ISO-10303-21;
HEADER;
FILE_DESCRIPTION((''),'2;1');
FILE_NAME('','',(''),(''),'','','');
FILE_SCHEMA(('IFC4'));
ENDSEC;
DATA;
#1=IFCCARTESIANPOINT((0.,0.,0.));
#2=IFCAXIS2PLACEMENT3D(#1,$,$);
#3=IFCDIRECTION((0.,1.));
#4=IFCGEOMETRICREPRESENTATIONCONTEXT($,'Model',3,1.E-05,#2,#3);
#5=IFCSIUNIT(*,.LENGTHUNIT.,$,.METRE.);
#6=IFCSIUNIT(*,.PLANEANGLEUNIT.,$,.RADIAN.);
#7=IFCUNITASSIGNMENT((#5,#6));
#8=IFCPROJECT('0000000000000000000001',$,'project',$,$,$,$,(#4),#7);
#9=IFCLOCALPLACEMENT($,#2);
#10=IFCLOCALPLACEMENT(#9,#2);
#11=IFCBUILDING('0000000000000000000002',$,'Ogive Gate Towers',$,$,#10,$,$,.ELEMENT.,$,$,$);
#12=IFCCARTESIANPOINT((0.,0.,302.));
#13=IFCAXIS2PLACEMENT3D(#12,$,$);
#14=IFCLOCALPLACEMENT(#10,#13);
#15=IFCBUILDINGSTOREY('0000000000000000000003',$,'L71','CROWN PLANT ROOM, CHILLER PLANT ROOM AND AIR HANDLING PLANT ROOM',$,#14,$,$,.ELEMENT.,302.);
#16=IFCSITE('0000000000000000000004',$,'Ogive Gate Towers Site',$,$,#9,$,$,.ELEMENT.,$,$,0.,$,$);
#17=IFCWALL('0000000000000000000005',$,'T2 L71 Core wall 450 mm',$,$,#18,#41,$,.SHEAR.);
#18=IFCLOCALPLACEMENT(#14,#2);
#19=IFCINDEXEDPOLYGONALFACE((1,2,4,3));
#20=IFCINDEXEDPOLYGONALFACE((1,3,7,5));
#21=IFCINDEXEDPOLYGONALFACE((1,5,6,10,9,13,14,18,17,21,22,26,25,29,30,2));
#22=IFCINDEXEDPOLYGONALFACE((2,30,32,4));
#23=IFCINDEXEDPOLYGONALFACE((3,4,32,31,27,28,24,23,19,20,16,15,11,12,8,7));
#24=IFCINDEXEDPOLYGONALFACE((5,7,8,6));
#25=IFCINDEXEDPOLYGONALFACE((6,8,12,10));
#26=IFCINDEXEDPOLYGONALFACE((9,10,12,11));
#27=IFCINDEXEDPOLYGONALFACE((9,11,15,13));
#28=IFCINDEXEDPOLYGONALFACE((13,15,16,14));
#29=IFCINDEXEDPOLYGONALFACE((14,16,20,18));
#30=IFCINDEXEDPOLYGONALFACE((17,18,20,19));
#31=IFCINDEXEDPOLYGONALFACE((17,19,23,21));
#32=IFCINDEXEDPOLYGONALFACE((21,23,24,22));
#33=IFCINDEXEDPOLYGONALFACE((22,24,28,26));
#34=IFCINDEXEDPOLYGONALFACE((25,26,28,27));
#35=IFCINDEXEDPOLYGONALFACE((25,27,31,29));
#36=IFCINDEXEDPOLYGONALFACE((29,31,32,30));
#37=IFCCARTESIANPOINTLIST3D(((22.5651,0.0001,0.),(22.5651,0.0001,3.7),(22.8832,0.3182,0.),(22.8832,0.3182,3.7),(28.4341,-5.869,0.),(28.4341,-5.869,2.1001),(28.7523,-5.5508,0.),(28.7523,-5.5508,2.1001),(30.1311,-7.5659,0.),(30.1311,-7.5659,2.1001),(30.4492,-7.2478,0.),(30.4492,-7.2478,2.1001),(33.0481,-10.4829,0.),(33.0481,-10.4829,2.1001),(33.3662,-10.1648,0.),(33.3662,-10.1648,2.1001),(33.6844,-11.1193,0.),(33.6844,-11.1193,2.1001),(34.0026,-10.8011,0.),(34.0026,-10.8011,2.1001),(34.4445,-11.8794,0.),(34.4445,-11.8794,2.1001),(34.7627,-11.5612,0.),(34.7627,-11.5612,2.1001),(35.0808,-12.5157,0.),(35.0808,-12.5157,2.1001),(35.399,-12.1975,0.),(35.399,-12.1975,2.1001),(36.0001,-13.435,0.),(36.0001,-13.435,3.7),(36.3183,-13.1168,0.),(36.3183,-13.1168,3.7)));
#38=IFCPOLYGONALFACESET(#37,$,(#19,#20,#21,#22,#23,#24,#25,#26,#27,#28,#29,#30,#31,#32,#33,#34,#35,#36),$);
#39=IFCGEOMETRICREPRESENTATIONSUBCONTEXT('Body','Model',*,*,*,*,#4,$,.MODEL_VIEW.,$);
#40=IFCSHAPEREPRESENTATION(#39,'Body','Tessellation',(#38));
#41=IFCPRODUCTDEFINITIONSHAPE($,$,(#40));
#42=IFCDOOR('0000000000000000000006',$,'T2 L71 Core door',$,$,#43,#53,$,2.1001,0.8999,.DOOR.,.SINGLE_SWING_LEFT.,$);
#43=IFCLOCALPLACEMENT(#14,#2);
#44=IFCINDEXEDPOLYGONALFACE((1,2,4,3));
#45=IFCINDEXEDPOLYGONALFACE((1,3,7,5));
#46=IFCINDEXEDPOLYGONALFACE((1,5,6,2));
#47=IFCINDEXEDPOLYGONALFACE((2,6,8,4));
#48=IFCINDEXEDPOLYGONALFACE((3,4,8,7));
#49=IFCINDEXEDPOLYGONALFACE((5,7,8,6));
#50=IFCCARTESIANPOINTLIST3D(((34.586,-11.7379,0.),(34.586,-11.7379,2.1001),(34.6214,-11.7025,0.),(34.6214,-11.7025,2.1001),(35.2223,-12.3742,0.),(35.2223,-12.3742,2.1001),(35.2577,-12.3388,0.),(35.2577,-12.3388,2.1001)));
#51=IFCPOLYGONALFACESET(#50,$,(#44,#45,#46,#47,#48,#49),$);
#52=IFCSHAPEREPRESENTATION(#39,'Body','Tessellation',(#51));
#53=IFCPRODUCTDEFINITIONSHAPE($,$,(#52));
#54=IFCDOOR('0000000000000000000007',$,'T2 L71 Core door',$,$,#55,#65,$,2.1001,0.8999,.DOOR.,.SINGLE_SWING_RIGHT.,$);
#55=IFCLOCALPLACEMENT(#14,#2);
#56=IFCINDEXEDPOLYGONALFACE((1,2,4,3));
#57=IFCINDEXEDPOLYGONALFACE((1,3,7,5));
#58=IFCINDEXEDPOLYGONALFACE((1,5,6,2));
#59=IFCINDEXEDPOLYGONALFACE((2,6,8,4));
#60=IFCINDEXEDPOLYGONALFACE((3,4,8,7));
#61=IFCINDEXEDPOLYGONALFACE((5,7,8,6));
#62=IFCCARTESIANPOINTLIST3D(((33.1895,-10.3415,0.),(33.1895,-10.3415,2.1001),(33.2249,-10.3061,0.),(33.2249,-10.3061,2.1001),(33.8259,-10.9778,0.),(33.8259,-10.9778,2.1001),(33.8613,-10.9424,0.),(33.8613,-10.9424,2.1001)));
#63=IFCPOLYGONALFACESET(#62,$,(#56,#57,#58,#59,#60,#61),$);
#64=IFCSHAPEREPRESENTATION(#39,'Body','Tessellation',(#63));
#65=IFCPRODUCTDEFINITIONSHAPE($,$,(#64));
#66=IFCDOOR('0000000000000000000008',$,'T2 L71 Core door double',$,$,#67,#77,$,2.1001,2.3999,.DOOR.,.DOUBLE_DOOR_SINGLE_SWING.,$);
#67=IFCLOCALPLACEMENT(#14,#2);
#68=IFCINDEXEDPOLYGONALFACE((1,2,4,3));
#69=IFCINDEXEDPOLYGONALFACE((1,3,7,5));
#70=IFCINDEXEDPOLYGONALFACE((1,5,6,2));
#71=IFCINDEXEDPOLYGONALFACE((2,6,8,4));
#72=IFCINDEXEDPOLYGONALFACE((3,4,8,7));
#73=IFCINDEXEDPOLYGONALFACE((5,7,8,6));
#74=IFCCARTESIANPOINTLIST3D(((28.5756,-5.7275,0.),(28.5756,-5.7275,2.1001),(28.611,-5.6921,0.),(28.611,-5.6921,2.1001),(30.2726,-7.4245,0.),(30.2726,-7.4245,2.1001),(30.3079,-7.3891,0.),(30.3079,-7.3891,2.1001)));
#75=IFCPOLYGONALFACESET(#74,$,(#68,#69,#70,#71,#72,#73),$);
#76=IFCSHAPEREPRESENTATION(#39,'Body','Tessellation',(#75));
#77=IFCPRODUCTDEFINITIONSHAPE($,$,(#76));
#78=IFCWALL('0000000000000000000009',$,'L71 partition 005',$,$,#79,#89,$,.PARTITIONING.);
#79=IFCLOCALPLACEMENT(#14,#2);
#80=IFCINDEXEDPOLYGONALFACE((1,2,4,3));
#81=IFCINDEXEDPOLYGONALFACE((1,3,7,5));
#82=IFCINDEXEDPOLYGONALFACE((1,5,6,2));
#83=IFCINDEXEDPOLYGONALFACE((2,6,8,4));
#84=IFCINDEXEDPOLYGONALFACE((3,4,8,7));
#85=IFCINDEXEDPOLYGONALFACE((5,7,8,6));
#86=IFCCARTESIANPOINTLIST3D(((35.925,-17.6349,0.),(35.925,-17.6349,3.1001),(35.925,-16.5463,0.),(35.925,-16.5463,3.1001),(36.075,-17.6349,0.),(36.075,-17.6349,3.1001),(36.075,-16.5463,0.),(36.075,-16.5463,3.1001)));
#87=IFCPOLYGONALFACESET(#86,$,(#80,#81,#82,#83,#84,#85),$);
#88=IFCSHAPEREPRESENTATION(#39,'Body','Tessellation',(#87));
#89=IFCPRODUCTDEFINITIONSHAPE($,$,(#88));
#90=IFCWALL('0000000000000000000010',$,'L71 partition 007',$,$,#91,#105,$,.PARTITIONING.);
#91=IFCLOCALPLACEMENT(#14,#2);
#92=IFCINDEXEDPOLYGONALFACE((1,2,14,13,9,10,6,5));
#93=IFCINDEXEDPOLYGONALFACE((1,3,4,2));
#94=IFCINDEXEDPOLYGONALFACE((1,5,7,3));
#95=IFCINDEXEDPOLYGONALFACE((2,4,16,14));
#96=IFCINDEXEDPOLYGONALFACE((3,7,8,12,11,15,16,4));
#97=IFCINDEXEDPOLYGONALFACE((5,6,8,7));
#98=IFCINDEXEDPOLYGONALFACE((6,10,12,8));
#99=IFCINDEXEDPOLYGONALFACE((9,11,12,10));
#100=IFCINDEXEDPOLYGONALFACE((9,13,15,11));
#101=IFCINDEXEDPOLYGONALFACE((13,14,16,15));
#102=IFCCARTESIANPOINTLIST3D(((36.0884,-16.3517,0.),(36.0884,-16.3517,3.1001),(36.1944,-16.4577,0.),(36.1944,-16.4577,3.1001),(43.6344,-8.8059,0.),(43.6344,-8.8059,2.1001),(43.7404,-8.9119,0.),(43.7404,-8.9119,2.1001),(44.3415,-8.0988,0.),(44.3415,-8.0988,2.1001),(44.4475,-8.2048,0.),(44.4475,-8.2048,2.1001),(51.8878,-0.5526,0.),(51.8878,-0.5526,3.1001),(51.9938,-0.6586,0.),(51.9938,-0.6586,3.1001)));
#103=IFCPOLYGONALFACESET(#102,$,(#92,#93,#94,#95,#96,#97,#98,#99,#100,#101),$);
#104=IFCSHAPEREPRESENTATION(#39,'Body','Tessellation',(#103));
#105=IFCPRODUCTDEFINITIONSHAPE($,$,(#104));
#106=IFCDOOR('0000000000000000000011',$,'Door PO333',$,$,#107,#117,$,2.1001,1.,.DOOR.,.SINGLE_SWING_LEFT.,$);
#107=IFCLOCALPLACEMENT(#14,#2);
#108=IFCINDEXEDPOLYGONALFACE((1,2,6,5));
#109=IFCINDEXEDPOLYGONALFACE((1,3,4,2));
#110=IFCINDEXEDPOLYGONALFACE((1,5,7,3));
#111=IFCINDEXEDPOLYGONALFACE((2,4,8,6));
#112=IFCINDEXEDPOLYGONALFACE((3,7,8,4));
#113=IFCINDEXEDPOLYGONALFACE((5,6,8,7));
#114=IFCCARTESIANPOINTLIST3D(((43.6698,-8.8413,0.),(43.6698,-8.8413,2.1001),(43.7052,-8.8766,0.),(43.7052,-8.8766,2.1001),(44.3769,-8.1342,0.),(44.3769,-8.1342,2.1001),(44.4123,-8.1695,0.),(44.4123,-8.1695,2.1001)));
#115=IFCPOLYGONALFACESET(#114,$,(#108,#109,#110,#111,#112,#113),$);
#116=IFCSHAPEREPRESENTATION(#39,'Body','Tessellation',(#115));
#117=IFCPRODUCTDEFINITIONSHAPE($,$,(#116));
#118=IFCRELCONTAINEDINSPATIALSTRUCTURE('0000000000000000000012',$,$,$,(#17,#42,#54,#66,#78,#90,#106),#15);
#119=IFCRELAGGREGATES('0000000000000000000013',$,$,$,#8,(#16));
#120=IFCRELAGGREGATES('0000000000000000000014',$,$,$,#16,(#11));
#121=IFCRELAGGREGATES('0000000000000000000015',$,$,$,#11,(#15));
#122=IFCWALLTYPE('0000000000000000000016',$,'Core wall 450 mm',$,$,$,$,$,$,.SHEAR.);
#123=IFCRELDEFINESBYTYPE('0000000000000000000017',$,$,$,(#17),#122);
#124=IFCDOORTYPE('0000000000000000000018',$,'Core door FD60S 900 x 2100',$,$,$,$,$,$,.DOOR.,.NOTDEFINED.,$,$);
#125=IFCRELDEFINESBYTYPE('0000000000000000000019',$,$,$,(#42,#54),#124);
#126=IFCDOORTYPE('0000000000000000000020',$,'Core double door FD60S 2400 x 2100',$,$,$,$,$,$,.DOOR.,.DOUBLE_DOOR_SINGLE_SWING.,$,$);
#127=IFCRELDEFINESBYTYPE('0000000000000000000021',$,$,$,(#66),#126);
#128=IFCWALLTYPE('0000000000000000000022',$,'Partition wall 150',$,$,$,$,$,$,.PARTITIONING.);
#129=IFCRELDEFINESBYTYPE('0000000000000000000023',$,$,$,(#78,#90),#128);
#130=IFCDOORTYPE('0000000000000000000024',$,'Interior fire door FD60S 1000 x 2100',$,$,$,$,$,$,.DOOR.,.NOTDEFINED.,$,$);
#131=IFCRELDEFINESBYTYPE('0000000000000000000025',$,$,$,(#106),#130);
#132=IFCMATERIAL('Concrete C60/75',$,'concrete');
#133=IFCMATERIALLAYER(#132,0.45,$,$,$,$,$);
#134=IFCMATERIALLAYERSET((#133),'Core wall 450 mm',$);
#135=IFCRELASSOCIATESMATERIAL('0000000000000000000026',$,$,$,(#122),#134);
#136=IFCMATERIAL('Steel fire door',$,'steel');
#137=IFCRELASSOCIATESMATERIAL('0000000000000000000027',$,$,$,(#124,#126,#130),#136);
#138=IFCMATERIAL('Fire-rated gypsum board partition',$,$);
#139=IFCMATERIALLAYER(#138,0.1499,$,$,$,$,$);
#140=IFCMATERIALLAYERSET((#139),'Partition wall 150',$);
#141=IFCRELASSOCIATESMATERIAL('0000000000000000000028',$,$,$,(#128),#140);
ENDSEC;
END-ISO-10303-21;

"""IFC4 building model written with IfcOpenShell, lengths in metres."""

from ifc_helpers import new_model, si_unit, direction, frame, frame_2d, origin, place, context, subcontext, project, spatial, rectangle, extrude, material, layer, layer_set, type_object, element, fill, save


model = new_model("IFC4")

# Units and contexts
model_context = context("Model", 3, precision=1e-05, world=origin(), true_north=direction((0.0, 1.0)))
body_context = subcontext(model_context, "Body", "Model", "MODEL_VIEW")
ifc_project = project(units=[si_unit("LENGTHUNIT", "METRE"), si_unit("PLANEANGLEUNIT", "RADIAN")], contexts=[model_context])

# Site, building, storey
site_placement = place(None, origin())
site = spatial("IfcSite", under=ifc_project, at=site_placement, Name="Ogive Gate Towers Site", CompositionType="ELEMENT", RefElevation=0.0)
building_placement = place(site_placement, origin())
building = spatial("IfcBuilding", under=site, at=building_placement, Name="Ogive Gate Towers", CompositionType="ELEMENT")
storey_placement = place(building_placement, frame((0.0, 0.0, 302.0)))
storey = spatial("IfcBuildingStorey", under=building, at=storey_placement, Name="L71", Description="CROWN PLANT ROOM, CHILLER PLANT ROOM AND AIR HANDLING PLANT ROOM", CompositionType="ELEMENT", Elevation=302.0)

# Shared definitions
ifc_material_1 = material(Name="Concrete C60/75", Category="concrete")
ifc_layer_1 = layer(ifc_material_1, 0.45)
ifc_layer_set_1 = layer_set([ifc_layer_1], Name="Core wall 450 mm")
wall_type_1 = type_object("IfcWallType", Name="Core wall 450 mm", PredefinedType="SHEAR", material=ifc_layer_set_1)
ifc_material_2 = material(Name="Steel fire door", Category="steel")

# Wall, openings, doors
wall_1_placement = place(storey_placement, frame((36.1592, -13.2759, 0.0), z_axis=(0.0, 0.0, 1.0), x_axis=(-0.707107, 0.707107, 0.0)))
wall_1 = element("IfcWall", 1, at=wall_1_placement, inside=storey, type_object=wall_type_1, Name="T2 L71 Core wall 450 mm", PredefinedType="SHEAR", context=body_context, shape_type="SweptSolid", body=[
    extrude(rectangle(XDim=19.0, YDim=0.45, at=frame_2d((9.5, 0.0))), origin(), (0.0, 0.0, 1.0), 3.7),
])
opening_1_placement = place(wall_1_placement, frame((8.3, 0.0, 0.0)))
opening_1 = element("IfcOpeningElement", 2, at=opening_1_placement, cuts=wall_1, PredefinedType="OPENING", context=body_context, shape_type="SweptSolid", body=[
    extrude(rectangle(XDim=2.3999, YDim=2.1001, at=frame_2d((1.2, 1.05))), frame((0.0, 0.2349, 0.0), z_axis=(0.0, -1.0, 0.0), x_axis=(1.0, 0.0, 0.0)), (0.0, 0.0, 1.0), 0.47),
])
opening_2_placement = place(wall_1_placement, frame((1.3, 0.0, 0.0)))
opening_2 = element("IfcOpeningElement", 3, at=opening_2_placement, cuts=wall_1, PredefinedType="OPENING", context=body_context, shape_type="SweptSolid", body=[
    extrude(rectangle(XDim=0.8999, YDim=2.1001, at=frame_2d((0.45, 1.05))), frame((0.0, 0.2349, 0.0), z_axis=(0.0, -1.0, 0.0), x_axis=(1.0, 0.0, 0.0)), (0.0, 0.0, 1.0), 0.47),
])
opening_3_placement = place(wall_1_placement, frame((3.2749, 0.0, 0.0)))
opening_3 = element("IfcOpeningElement", 4, at=opening_3_placement, cuts=wall_1, PredefinedType="OPENING", context=body_context, shape_type="SweptSolid", body=[
    extrude(rectangle(XDim=0.8999, YDim=2.1001, at=frame_2d((0.45, 1.05))), frame((0.0, 0.2349, 0.0), z_axis=(0.0, -1.0, 0.0), x_axis=(1.0, 0.0, 0.0)), (0.0, 0.0, 1.0), 0.47),
])
door_type_1 = type_object("IfcDoorType", Name="Core door FD60S 900 x 2100", OperationType="NOTDEFINED", PredefinedType="DOOR", material=ifc_material_2)
door_1_placement = place(opening_2_placement, origin())
door_1 = element("IfcDoor", 5, at=door_1_placement, inside=storey, type_object=door_type_1, Name="T2 L71 Core door", OperationType="SINGLE_SWING_LEFT", OverallHeight=2.1001, OverallWidth=0.8999, PredefinedType="DOOR", context=body_context, shape_type="SweptSolid", body=[
    extrude(rectangle(XDim=0.8999, YDim=2.1001, at=frame_2d((0.45, 1.05))), frame((0.0, 0.0249, 0.0), z_axis=(0.0, -1.0, 0.0), x_axis=(1.0, 0.0, 0.0)), (0.0, 0.0, 1.0), 0.05),
])
fill(opening_2, door_1)
door_2_placement = place(opening_3_placement, origin())
door_2 = element("IfcDoor", 6, at=door_2_placement, inside=storey, type_object=door_type_1, Name="T2 L71 Core door", OperationType="SINGLE_SWING_RIGHT", OverallHeight=2.1001, OverallWidth=0.8999, PredefinedType="DOOR", context=body_context, shape_type="SweptSolid", body=[
    extrude(rectangle(XDim=0.8999, YDim=2.1001, at=frame_2d((0.45, 1.05))), frame((0.0, 0.0249, 0.0), z_axis=(0.0, -1.0, 0.0), x_axis=(1.0, 0.0, 0.0)), (0.0, 0.0, 1.0), 0.05),
])
fill(opening_3, door_2)
door_type_2 = type_object("IfcDoorType", Name="Core double door FD60S 2400 x 2100", OperationType="DOUBLE_DOOR_SINGLE_SWING", PredefinedType="DOOR", material=ifc_material_2)
door_3_placement = place(opening_1_placement, origin())
door_3 = element("IfcDoor", 7, at=door_3_placement, inside=storey, type_object=door_type_2, Name="T2 L71 Core door double", OperationType="DOUBLE_DOOR_SINGLE_SWING", OverallHeight=2.1001, OverallWidth=2.3999, PredefinedType="DOOR", context=body_context, shape_type="SweptSolid", body=[
    extrude(rectangle(XDim=2.3999, YDim=2.1001, at=frame_2d((1.2, 1.05))), frame((0.0, 0.0249, 0.0), z_axis=(0.0, -1.0, 0.0), x_axis=(1.0, 0.0, 0.0)), (0.0, 0.0, 1.0), 0.05),
])
fill(opening_1, door_3)

# Wall
ifc_material_3 = material(Name="Fire-rated gypsum board partition")
ifc_layer_2 = layer(ifc_material_3, 0.1499)
ifc_layer_set_2 = layer_set([ifc_layer_2], Name="Partition wall 150")
wall_type_2 = type_object("IfcWallType", Name="Partition wall 150", PredefinedType="PARTITIONING", material=ifc_layer_set_2)
wall_2_placement = place(storey_placement, frame((36.0, -17.635, 0.0), z_axis=(0.0, 0.0, 1.0), x_axis=(0.0, 1.0, 0.0)))
element("IfcWall", 8, at=wall_2_placement, inside=storey, type_object=wall_type_2, Name="L71 partition 005", PredefinedType="PARTITIONING", context=body_context, shape_type="SweptSolid", body=[
    extrude(rectangle(XDim=1.0886, YDim=0.1499, at=frame_2d((0.5444, 0.0))), origin(), (0.0, 0.0, 1.0), 3.1001),
])

# Wall, opening, door
wall_3_placement = place(storey_placement, frame((36.1414, -16.4048, 0.0), z_axis=(0.0, 0.0, 1.0), x_axis=(0.707112, 0.707101, 0.0)))
wall_3 = element("IfcWall", 9, at=wall_3_placement, inside=storey, type_object=wall_type_2, Name="L71 partition 007", PredefinedType="PARTITIONING", context=body_context, shape_type="SweptSolid", body=[
    extrude(rectangle(XDim=22.3435, YDim=0.1499, at=frame_2d((11.1719, 0.0))), origin(), (0.0, 0.0, 1.0), 3.1001),
])
opening_4_placement = place(wall_3_placement, frame((10.6716, 0.0, 0.0)))
opening_4 = element("IfcOpeningElement", 10, at=opening_4_placement, cuts=wall_3, PredefinedType="OPENING", context=body_context, shape_type="SweptSolid", body=[
    extrude(rectangle(XDim=1.0, YDim=2.1001, at=frame_2d((0.5, 1.05))), frame((0.0, 0.085, 0.0), z_axis=(0.0, -1.0, 0.0), x_axis=(1.0, 0.0, 0.0)), (0.0, 0.0, 1.0), 0.1699),
])
door_type_3 = type_object("IfcDoorType", Name="Interior fire door FD60S 1000 x 2100", OperationType="NOTDEFINED", PredefinedType="DOOR", material=ifc_material_2)
door_4_placement = place(opening_4_placement, origin())
door_4 = element("IfcDoor", 11, at=door_4_placement, inside=storey, type_object=door_type_3, Name="Door PO333", OperationType="SINGLE_SWING_LEFT", OverallHeight=2.1001, OverallWidth=1.0, PredefinedType="DOOR", context=body_context, shape_type="SweptSolid", body=[
    extrude(rectangle(XDim=1.0, YDim=2.1001, at=frame_2d((0.5, 1.05))), frame((0.0, 0.0249, 0.0), z_axis=(0.0, -1.0, 0.0), x_axis=(1.0, 0.0, 0.0)), (0.0, 0.0, 1.0), 0.05),
])
fill(opening_4, door_4)

save(model, "model.ifc")
